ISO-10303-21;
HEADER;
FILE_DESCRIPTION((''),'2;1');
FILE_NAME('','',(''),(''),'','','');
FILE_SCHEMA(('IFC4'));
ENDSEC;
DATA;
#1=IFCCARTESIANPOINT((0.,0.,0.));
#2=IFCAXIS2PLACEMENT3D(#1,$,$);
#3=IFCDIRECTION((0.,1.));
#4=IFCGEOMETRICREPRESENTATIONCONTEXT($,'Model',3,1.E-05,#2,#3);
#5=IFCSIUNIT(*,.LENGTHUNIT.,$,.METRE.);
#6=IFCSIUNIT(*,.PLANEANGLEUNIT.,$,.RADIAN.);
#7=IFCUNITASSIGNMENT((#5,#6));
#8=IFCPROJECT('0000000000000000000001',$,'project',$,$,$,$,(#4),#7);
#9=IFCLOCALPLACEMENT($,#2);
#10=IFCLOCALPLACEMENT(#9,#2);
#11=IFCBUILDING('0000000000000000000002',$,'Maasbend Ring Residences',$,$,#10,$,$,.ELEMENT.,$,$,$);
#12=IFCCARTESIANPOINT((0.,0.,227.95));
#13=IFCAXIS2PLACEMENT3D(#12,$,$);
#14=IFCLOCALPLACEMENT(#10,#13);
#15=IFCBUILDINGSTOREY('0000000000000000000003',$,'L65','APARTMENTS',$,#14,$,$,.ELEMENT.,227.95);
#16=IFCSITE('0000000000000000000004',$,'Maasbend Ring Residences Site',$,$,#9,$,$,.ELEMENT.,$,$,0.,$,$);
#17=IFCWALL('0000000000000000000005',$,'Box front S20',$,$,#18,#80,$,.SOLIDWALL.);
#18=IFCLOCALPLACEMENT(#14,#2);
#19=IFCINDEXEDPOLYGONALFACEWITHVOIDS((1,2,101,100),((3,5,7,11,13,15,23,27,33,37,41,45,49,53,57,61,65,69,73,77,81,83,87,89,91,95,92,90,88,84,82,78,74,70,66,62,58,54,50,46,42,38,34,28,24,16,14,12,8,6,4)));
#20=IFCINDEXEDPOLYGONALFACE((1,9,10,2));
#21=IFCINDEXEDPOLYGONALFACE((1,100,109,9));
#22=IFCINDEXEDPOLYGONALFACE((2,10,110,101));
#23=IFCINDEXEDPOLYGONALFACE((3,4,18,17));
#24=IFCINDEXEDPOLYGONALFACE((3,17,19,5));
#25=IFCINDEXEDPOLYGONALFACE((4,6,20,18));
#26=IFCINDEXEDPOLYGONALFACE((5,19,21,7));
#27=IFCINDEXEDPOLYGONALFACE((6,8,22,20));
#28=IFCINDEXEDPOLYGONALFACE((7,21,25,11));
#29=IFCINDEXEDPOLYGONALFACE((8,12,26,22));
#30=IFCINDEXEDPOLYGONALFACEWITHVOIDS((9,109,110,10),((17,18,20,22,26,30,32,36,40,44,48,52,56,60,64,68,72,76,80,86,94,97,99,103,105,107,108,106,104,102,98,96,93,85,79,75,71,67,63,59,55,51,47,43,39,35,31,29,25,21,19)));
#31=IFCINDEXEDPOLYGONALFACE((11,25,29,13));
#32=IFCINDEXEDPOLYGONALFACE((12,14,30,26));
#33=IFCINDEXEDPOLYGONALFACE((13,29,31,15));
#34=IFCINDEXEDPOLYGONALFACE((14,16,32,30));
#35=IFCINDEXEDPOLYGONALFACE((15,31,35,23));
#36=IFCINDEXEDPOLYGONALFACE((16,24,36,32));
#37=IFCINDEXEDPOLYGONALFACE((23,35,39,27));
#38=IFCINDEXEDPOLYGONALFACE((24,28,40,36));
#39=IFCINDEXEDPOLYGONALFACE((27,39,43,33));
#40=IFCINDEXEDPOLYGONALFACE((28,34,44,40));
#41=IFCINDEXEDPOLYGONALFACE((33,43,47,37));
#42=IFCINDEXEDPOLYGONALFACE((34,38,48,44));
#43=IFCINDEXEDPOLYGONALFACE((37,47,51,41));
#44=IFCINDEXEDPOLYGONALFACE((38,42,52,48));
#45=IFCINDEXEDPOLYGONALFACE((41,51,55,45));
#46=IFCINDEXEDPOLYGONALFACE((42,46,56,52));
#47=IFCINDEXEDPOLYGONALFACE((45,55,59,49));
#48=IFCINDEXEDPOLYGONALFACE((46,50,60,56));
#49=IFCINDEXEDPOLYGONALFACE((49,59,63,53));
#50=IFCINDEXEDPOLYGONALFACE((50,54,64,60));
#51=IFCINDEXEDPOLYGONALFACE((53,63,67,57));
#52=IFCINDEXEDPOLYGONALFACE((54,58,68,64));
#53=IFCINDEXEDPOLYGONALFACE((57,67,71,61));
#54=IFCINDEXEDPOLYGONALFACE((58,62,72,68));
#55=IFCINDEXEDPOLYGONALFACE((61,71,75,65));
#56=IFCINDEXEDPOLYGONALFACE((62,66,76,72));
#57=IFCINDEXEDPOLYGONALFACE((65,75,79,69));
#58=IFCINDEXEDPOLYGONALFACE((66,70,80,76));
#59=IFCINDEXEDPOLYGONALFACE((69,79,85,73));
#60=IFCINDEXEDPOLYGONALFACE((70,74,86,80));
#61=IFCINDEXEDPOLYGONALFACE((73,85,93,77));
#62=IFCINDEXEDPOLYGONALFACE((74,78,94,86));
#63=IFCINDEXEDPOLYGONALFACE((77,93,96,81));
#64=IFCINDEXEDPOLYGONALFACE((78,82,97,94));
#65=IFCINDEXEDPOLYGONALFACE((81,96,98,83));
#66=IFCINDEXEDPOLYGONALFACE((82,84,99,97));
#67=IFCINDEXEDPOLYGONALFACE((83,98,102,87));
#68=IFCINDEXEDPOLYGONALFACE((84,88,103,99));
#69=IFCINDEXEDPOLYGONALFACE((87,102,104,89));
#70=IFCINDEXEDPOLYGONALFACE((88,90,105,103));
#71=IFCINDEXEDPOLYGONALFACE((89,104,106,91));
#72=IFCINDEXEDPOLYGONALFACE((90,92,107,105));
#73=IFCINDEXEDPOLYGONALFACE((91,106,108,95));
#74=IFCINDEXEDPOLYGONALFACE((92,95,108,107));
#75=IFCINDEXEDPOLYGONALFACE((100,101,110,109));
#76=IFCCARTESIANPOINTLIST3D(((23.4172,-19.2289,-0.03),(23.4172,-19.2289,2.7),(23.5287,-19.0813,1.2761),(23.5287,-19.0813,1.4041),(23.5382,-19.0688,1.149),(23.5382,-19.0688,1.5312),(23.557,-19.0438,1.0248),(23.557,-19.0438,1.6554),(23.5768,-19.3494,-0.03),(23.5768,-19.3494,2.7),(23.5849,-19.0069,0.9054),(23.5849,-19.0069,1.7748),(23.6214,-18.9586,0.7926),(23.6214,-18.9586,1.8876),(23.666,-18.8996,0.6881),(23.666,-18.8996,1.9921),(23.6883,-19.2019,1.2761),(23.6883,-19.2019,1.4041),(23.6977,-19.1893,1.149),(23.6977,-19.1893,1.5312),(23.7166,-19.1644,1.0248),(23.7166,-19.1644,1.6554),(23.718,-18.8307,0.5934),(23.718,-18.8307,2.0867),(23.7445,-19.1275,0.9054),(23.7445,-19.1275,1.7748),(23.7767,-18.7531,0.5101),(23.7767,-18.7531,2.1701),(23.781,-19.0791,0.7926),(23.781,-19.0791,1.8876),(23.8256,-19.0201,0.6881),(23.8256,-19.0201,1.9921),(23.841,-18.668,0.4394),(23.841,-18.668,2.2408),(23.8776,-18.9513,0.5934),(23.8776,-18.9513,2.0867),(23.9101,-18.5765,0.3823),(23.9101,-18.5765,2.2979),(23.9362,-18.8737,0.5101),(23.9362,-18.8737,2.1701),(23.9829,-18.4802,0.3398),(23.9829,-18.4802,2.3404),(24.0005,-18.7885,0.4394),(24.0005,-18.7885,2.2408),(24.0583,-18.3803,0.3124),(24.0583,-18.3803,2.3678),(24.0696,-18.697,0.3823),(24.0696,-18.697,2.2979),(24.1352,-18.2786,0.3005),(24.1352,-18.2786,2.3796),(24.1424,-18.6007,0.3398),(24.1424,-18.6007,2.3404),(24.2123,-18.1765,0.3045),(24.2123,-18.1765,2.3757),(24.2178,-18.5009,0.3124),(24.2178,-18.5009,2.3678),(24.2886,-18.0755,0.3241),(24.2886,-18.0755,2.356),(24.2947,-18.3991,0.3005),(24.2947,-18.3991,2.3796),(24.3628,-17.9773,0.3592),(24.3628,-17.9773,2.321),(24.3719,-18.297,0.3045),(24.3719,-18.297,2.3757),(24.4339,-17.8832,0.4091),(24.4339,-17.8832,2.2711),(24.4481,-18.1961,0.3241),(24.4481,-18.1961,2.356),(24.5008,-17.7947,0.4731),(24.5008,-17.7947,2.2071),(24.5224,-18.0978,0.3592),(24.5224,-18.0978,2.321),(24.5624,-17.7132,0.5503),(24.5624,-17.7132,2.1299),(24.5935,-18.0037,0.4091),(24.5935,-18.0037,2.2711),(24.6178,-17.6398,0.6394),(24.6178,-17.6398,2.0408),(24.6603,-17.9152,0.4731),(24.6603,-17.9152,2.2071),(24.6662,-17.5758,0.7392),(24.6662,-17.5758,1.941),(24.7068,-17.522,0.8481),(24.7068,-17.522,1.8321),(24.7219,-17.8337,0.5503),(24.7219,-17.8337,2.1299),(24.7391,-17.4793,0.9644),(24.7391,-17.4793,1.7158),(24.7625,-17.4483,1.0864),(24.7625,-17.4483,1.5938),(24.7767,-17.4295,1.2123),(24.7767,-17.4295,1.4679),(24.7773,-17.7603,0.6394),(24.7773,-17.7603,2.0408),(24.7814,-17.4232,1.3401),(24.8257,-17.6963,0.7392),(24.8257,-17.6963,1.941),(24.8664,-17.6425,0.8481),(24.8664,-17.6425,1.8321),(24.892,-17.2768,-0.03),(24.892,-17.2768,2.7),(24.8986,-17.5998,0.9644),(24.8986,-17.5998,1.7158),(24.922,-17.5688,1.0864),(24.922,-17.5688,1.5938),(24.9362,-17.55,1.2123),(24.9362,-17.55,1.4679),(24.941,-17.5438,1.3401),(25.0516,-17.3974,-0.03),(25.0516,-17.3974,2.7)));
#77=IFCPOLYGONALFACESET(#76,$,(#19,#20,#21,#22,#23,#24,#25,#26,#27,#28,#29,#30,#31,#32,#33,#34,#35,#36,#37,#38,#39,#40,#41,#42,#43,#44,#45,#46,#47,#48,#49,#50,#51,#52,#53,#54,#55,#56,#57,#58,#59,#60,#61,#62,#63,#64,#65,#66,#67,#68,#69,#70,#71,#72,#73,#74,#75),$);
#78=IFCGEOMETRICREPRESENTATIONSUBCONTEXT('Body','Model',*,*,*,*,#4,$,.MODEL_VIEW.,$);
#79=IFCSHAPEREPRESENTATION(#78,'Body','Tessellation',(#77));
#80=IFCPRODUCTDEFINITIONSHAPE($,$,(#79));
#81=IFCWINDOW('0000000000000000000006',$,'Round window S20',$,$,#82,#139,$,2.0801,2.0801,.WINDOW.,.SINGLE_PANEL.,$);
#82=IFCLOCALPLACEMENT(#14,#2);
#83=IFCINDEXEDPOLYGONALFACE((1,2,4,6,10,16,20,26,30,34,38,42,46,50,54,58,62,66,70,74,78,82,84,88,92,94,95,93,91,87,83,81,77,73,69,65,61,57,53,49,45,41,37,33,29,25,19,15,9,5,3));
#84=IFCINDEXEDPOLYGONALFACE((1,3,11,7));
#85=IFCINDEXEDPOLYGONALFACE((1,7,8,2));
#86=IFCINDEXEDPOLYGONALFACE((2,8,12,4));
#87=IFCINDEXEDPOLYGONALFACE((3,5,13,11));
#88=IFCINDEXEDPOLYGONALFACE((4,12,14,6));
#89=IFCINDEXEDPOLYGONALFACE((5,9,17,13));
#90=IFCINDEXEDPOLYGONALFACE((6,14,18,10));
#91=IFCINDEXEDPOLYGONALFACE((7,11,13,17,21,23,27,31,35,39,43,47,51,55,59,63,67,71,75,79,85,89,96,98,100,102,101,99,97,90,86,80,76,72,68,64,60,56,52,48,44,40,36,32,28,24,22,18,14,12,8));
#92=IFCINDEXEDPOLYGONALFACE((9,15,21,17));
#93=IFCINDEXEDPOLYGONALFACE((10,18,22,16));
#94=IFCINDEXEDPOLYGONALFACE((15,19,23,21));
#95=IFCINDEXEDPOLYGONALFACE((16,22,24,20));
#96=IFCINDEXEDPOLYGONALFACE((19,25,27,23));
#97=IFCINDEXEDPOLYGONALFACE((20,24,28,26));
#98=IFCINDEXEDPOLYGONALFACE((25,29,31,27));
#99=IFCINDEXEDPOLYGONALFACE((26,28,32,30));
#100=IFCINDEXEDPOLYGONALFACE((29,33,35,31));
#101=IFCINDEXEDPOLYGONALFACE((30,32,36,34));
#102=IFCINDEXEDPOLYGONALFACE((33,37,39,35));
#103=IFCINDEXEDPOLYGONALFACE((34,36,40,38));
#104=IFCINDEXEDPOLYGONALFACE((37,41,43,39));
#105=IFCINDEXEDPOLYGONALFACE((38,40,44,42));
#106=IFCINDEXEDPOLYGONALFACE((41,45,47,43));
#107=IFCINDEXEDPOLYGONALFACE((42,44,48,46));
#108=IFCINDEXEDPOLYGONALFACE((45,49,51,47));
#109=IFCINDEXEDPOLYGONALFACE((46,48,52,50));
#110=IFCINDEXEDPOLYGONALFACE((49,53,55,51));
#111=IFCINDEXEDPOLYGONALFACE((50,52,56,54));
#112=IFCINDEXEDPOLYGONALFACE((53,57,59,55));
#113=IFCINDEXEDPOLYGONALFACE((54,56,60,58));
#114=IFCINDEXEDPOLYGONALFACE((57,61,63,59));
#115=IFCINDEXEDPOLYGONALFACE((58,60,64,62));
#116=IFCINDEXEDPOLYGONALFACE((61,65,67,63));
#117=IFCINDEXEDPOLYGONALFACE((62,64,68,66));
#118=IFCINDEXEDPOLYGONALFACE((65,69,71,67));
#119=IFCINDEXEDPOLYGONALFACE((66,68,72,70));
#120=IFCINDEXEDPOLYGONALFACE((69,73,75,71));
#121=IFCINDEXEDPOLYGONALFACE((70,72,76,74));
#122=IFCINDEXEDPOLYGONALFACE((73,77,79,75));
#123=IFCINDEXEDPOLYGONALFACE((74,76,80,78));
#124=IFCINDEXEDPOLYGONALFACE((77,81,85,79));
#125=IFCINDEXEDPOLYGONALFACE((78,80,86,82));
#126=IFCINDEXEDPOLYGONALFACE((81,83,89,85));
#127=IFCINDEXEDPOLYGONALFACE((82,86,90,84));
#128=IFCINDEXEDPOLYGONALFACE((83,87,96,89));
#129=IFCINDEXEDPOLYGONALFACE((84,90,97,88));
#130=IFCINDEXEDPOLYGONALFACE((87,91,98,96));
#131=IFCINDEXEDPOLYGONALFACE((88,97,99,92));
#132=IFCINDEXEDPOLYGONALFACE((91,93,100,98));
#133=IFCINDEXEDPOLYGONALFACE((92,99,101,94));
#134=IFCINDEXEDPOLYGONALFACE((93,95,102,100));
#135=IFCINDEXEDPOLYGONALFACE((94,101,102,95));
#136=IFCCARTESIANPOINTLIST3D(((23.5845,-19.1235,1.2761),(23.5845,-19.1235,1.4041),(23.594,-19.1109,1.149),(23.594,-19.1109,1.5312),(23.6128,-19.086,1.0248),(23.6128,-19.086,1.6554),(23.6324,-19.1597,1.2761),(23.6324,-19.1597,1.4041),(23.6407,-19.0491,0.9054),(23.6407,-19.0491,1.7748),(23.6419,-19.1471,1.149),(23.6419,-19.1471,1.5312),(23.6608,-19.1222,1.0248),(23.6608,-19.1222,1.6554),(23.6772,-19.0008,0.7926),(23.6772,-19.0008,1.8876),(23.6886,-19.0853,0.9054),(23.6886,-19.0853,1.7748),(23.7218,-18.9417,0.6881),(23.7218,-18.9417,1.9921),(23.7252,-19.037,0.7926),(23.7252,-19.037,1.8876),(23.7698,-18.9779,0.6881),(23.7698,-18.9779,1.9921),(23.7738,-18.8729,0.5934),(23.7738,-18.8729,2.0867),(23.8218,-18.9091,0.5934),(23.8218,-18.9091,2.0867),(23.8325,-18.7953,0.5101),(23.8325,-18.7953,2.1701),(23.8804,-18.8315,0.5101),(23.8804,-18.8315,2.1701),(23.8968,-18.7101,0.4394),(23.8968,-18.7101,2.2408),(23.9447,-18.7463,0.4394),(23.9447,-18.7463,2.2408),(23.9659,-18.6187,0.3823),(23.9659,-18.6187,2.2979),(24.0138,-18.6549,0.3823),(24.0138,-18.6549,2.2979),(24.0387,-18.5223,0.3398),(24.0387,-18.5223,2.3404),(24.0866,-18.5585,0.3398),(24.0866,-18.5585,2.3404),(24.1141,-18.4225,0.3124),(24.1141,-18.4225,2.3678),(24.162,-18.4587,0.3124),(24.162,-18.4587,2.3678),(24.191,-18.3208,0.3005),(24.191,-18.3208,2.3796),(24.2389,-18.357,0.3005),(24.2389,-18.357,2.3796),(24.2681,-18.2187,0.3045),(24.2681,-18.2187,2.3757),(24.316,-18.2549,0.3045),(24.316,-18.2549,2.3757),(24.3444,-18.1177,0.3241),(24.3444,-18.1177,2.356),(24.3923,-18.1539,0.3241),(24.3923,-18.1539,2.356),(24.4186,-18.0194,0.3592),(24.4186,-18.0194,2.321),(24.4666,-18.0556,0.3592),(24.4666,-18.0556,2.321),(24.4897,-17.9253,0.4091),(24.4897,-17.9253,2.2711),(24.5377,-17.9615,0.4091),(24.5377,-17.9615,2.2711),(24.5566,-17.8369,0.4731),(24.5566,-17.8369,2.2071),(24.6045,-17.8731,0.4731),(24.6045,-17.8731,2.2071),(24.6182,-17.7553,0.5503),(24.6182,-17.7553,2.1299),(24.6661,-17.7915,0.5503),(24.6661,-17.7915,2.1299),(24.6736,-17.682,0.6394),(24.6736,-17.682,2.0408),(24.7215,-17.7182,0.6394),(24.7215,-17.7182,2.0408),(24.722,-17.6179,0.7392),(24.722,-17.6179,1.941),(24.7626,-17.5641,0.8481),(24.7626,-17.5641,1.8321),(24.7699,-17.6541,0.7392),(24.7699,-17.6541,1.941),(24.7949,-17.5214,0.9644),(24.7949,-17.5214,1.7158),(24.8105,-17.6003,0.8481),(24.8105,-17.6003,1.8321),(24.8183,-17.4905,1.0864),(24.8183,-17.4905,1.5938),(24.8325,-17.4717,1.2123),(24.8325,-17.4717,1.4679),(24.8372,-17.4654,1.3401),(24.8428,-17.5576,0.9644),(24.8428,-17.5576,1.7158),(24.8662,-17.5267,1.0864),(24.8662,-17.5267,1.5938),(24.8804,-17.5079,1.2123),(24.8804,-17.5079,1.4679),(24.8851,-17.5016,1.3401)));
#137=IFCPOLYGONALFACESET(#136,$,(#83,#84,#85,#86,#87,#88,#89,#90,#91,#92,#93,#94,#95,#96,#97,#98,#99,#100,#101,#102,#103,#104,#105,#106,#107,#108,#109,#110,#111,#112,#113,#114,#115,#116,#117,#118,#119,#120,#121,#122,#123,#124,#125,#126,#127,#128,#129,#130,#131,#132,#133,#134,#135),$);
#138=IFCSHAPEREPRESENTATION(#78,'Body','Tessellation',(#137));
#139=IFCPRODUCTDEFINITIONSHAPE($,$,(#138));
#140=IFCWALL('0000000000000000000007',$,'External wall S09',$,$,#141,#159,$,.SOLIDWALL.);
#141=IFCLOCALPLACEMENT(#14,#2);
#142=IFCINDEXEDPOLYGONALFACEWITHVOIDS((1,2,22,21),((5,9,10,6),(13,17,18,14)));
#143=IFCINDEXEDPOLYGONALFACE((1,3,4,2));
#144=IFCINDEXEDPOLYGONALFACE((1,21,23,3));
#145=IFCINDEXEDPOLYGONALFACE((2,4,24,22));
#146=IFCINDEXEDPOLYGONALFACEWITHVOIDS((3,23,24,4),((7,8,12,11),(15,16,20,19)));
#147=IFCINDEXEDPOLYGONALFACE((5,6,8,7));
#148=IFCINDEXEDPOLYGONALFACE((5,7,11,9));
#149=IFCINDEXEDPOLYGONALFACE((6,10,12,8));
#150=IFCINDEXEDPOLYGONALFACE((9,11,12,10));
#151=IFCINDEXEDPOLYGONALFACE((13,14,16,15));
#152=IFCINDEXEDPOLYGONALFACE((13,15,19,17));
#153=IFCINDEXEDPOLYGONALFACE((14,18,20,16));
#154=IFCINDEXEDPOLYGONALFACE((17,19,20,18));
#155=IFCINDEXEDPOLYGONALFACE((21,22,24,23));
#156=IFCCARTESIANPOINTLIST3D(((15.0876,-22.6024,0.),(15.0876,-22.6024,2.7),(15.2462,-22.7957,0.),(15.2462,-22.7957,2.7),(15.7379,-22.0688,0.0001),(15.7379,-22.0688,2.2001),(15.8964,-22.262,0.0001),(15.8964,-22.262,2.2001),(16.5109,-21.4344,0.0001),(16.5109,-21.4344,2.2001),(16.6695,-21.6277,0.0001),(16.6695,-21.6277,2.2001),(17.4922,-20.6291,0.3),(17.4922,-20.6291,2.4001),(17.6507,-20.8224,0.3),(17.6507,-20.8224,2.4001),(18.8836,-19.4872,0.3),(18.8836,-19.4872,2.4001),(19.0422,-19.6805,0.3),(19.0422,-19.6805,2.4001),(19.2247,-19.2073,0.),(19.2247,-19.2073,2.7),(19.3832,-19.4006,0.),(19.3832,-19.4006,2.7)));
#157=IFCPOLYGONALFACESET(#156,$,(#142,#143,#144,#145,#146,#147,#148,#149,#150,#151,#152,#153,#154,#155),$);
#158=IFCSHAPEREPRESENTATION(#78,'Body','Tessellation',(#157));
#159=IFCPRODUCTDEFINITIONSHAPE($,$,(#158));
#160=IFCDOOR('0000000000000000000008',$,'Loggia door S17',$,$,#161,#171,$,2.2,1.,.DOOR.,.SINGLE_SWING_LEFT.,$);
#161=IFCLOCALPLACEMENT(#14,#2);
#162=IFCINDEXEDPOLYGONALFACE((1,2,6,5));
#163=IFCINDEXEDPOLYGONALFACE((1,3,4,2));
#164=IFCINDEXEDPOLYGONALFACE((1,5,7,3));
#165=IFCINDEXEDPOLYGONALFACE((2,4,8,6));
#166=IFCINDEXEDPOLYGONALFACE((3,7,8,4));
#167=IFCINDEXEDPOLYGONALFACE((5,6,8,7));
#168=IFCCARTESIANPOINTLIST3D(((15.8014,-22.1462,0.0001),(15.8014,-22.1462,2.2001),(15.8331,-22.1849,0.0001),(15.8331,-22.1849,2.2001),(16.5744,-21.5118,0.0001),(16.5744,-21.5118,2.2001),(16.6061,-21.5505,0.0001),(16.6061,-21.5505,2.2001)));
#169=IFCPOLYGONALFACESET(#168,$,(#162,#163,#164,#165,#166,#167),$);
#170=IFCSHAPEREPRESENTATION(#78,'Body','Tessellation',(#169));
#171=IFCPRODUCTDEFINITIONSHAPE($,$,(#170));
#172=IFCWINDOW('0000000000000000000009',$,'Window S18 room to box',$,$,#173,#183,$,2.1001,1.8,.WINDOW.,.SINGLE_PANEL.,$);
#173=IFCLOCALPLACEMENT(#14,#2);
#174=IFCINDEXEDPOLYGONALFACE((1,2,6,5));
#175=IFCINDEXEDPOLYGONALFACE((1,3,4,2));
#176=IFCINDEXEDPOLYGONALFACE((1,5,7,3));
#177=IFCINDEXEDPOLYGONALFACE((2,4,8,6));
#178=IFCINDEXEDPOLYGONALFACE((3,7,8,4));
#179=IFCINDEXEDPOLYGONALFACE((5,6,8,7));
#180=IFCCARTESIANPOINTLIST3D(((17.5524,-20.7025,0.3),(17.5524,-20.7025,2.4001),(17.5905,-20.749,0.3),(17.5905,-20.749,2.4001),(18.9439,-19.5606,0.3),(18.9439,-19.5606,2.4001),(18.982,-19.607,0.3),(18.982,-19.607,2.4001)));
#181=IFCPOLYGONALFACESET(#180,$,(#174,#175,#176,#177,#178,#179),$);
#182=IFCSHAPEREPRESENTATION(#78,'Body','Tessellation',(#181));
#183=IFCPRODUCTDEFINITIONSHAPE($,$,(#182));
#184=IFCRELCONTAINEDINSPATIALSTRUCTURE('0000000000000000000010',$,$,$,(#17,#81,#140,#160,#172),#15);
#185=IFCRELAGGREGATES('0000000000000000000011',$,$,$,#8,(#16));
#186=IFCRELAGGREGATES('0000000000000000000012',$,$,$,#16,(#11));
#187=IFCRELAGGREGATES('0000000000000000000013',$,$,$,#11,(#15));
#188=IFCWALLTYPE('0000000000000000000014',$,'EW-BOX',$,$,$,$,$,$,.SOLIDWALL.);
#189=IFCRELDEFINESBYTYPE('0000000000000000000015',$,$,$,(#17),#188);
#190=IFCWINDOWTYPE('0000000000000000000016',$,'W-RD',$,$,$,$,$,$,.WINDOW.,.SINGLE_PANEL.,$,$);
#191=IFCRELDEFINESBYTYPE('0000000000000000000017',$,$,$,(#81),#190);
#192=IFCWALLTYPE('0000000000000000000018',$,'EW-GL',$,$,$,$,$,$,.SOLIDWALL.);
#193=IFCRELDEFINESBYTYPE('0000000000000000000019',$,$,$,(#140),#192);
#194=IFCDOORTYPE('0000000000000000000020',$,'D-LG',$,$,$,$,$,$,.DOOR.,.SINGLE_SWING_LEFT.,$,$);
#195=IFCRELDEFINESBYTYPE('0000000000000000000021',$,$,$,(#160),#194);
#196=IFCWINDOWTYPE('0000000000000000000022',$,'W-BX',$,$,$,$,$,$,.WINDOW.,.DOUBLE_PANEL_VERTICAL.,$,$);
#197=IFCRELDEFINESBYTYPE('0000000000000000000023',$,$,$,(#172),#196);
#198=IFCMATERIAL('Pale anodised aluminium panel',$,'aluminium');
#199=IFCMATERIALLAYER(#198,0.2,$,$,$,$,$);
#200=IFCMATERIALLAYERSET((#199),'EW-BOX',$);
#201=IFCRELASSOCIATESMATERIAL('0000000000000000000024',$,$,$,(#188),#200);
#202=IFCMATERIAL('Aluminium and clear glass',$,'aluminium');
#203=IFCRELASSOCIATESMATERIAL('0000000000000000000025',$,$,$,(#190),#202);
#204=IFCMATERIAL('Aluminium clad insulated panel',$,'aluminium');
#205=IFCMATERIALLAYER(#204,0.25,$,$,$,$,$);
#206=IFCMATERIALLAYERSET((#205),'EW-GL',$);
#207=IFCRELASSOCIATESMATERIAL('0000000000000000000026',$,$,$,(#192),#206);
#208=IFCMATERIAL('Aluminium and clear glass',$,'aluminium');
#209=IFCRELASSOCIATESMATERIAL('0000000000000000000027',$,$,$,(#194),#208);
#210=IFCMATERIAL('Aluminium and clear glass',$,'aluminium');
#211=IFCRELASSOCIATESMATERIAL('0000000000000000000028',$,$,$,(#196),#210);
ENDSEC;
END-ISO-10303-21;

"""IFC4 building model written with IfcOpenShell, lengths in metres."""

from ifc_helpers import new_model, si_unit, direction, frame, frame_2d, origin, place, context, subcontext, project, spatial, rectangle, circle, extrude, material, layer, layer_set, type_object, element, fill, save


model = new_model("IFC4")

# Units and contexts
model_context = context("Model", 3, precision=1e-05, world=origin(), true_north=direction((0.0, 1.0)))
body_context = subcontext(model_context, "Body", "Model", "MODEL_VIEW")
ifc_project = project(units=[si_unit("LENGTHUNIT", "METRE"), si_unit("PLANEANGLEUNIT", "RADIAN")], contexts=[model_context])

# Site, building, storey
site_placement = place(None, origin())
site = spatial("IfcSite", under=ifc_project, at=site_placement, Name="Maasbend Ring Residences Site", CompositionType="ELEMENT", RefElevation=0.0)
building_placement = place(site_placement, origin())
building = spatial("IfcBuilding", under=site, at=building_placement, Name="Maasbend Ring Residences", CompositionType="ELEMENT")
storey_placement = place(building_placement, frame((0.0, 0.0, 227.95)))
storey = spatial("IfcBuildingStorey", under=building, at=storey_placement, Name="L65", Description="APARTMENTS", CompositionType="ELEMENT", Elevation=227.95)

# Shared definitions
ifc_material_1 = material(Name="Pale anodised aluminium panel", Category="aluminium")
ifc_layer_1 = layer(ifc_material_1, 0.2)
ifc_layer_set_1 = layer_set([ifc_layer_1], Name="EW-BOX")
wall_type_1 = type_object("IfcWallType", Name="EW-BOX", PredefinedType="SOLIDWALL", material=ifc_layer_set_1)
ifc_material_2 = material(Name="Aluminium and clear glass", Category="aluminium")
window_type_1 = type_object("IfcWindowType", Name="W-RD", PartitioningType="SINGLE_PANEL", PredefinedType="WINDOW", material=ifc_material_2)

# Wall, opening, window
wall_1_placement = place(storey_placement, frame((23.4971, -19.2891, -0.03), z_axis=(0.0, 0.0, 1.0), x_axis=(0.602806, 0.797888, 0.0)))
wall_1 = element("IfcWall", 1, at=wall_1_placement, inside=storey, type_object=wall_type_1, Name="Box front S20", PredefinedType="SOLIDWALL", context=body_context, shape_type="SweptSolid", body=[
    extrude(rectangle(XDim=2.4465, YDim=0.2, at=frame_2d((1.2231, 0.0))), origin(), (0.0, 0.0, 1.0), 2.73),
])
opening_1_placement = place(wall_1_placement, frame((0.1829, 0.0, 0.3301)))
opening_1 = element("IfcOpeningElement", 2, at=opening_1_placement, cuts=wall_1, PredefinedType="OPENING", context=body_context, shape_type="SweptSolid", body=[
    extrude(circle(Radius=1.04, at=frame_2d((1.04, 1.04))), frame((0.0, 0.1099, 0.0), z_axis=(0.0, -1.0, 0.0), x_axis=(1.0, 0.0, 0.0)), (0.0, 0.0, 1.0), 0.22),
])
window_1_placement = place(opening_1_placement, origin())
window_1 = element("IfcWindow", 3, at=window_1_placement, inside=storey, type_object=window_type_1, Name="Round window S20", OverallHeight=2.0801, OverallWidth=2.0801, PartitioningType="SINGLE_PANEL", PredefinedType="WINDOW", context=body_context, shape_type="SweptSolid", body=[
    extrude(circle(Radius=1.04, at=frame_2d((1.04, 1.04))), frame((0.0, 0.03, 0.0), z_axis=(0.0, -1.0, 0.0), x_axis=(1.0, 0.0, 0.0)), (0.0, 0.0, 1.0), 0.0601),
])
fill(opening_1, window_1)

# Wall, openings, door, window
ifc_material_3 = material(Name="Aluminium clad insulated panel", Category="aluminium")
ifc_layer_2 = layer(ifc_material_3, 0.25)
ifc_layer_set_2 = layer_set([ifc_layer_2], Name="EW-GL")
wall_type_2 = type_object("IfcWallType", Name="EW-GL", PredefinedType="SOLIDWALL", material=ifc_layer_set_2)
wall_2_placement = place(storey_placement, frame((15.167, -22.699, 0.0), z_axis=(0.0, 0.0, 1.0), x_axis=(0.773019, 0.634382, 0.0)))
wall_2 = element("IfcWall", 4, at=wall_2_placement, inside=storey, type_object=wall_type_2, Name="External wall S09", PredefinedType="SOLIDWALL", context=body_context, shape_type="SweptSolid", body=[
    extrude(rectangle(XDim=5.3518, YDim=0.25, at=frame_2d((2.6758, 0.0))), origin(), (0.0, 0.0, 1.0), 2.7),
])
opening_2_placement = place(wall_2_placement, frame((0.8411, 0.0, 0.0)))
opening_2 = element("IfcOpeningElement", 5, at=opening_2_placement, cuts=wall_2, PredefinedType="OPENING", context=body_context, shape_type="SweptSolid", body=[
    extrude(rectangle(XDim=1.0, YDim=2.2, at=frame_2d((0.5, 1.1001))), frame((0.0, 0.135, 0.0), z_axis=(0.0, -1.0, 0.0), x_axis=(1.0, 0.0, 0.0)), (0.0, 0.0, 1.0), 0.27),
])
opening_3_placement = place(wall_2_placement, frame((3.1106, 0.0, 0.3)))
opening_3 = element("IfcOpeningElement", 6, at=opening_3_placement, cuts=wall_2, PredefinedType="OPENING", context=body_context, shape_type="SweptSolid", body=[
    extrude(rectangle(XDim=1.8, YDim=2.1001, at=frame_2d((0.8999, 1.05))), frame((0.0, 0.135, 0.0), z_axis=(0.0, -1.0, 0.0), x_axis=(1.0, 0.0, 0.0)), (0.0, 0.0, 1.0), 0.27),
])
ifc_material_4 = material(Name="Aluminium and clear glass", Category="aluminium")
door_type = type_object("IfcDoorType", Name="D-LG", OperationType="SINGLE_SWING_LEFT", PredefinedType="DOOR", material=ifc_material_4)
door_1_placement = place(opening_2_placement, origin())
door_1 = element("IfcDoor", 7, at=door_1_placement, inside=storey, type_object=door_type, Name="Loggia door S17", OperationType="SINGLE_SWING_LEFT", OverallHeight=2.2, OverallWidth=1.0, PredefinedType="DOOR", context=body_context, shape_type="SweptSolid", body=[
    extrude(rectangle(XDim=1.0, YDim=2.2, at=frame_2d((0.5, 1.1001))), frame((0.0, 0.0249, 0.0), z_axis=(0.0, -1.0, 0.0), x_axis=(1.0, 0.0, 0.0)), (0.0, 0.0, 1.0), 0.05),
])
fill(opening_2, door_1)
ifc_material_5 = material(Name="Aluminium and clear glass", Category="aluminium")
window_type_2 = type_object("IfcWindowType", Name="W-BX", PartitioningType="DOUBLE_PANEL_VERTICAL", PredefinedType="WINDOW", material=ifc_material_5)
window_2_placement = place(opening_3_placement, origin())
window_2 = element("IfcWindow", 8, at=window_2_placement, inside=storey, type_object=window_type_2, Name="Window S18 room to box", OverallHeight=2.1001, OverallWidth=1.8, PartitioningType="SINGLE_PANEL", PredefinedType="WINDOW", context=body_context, shape_type="SweptSolid", body=[
    extrude(rectangle(XDim=1.8, YDim=2.1001, at=frame_2d((0.8999, 1.05))), frame((0.0, 0.03, 0.0), z_axis=(0.0, -1.0, 0.0), x_axis=(1.0, 0.0, 0.0)), (0.0, 0.0, 1.0), 0.0601),
])
fill(opening_3, window_2)

save(model, "model.ifc")
